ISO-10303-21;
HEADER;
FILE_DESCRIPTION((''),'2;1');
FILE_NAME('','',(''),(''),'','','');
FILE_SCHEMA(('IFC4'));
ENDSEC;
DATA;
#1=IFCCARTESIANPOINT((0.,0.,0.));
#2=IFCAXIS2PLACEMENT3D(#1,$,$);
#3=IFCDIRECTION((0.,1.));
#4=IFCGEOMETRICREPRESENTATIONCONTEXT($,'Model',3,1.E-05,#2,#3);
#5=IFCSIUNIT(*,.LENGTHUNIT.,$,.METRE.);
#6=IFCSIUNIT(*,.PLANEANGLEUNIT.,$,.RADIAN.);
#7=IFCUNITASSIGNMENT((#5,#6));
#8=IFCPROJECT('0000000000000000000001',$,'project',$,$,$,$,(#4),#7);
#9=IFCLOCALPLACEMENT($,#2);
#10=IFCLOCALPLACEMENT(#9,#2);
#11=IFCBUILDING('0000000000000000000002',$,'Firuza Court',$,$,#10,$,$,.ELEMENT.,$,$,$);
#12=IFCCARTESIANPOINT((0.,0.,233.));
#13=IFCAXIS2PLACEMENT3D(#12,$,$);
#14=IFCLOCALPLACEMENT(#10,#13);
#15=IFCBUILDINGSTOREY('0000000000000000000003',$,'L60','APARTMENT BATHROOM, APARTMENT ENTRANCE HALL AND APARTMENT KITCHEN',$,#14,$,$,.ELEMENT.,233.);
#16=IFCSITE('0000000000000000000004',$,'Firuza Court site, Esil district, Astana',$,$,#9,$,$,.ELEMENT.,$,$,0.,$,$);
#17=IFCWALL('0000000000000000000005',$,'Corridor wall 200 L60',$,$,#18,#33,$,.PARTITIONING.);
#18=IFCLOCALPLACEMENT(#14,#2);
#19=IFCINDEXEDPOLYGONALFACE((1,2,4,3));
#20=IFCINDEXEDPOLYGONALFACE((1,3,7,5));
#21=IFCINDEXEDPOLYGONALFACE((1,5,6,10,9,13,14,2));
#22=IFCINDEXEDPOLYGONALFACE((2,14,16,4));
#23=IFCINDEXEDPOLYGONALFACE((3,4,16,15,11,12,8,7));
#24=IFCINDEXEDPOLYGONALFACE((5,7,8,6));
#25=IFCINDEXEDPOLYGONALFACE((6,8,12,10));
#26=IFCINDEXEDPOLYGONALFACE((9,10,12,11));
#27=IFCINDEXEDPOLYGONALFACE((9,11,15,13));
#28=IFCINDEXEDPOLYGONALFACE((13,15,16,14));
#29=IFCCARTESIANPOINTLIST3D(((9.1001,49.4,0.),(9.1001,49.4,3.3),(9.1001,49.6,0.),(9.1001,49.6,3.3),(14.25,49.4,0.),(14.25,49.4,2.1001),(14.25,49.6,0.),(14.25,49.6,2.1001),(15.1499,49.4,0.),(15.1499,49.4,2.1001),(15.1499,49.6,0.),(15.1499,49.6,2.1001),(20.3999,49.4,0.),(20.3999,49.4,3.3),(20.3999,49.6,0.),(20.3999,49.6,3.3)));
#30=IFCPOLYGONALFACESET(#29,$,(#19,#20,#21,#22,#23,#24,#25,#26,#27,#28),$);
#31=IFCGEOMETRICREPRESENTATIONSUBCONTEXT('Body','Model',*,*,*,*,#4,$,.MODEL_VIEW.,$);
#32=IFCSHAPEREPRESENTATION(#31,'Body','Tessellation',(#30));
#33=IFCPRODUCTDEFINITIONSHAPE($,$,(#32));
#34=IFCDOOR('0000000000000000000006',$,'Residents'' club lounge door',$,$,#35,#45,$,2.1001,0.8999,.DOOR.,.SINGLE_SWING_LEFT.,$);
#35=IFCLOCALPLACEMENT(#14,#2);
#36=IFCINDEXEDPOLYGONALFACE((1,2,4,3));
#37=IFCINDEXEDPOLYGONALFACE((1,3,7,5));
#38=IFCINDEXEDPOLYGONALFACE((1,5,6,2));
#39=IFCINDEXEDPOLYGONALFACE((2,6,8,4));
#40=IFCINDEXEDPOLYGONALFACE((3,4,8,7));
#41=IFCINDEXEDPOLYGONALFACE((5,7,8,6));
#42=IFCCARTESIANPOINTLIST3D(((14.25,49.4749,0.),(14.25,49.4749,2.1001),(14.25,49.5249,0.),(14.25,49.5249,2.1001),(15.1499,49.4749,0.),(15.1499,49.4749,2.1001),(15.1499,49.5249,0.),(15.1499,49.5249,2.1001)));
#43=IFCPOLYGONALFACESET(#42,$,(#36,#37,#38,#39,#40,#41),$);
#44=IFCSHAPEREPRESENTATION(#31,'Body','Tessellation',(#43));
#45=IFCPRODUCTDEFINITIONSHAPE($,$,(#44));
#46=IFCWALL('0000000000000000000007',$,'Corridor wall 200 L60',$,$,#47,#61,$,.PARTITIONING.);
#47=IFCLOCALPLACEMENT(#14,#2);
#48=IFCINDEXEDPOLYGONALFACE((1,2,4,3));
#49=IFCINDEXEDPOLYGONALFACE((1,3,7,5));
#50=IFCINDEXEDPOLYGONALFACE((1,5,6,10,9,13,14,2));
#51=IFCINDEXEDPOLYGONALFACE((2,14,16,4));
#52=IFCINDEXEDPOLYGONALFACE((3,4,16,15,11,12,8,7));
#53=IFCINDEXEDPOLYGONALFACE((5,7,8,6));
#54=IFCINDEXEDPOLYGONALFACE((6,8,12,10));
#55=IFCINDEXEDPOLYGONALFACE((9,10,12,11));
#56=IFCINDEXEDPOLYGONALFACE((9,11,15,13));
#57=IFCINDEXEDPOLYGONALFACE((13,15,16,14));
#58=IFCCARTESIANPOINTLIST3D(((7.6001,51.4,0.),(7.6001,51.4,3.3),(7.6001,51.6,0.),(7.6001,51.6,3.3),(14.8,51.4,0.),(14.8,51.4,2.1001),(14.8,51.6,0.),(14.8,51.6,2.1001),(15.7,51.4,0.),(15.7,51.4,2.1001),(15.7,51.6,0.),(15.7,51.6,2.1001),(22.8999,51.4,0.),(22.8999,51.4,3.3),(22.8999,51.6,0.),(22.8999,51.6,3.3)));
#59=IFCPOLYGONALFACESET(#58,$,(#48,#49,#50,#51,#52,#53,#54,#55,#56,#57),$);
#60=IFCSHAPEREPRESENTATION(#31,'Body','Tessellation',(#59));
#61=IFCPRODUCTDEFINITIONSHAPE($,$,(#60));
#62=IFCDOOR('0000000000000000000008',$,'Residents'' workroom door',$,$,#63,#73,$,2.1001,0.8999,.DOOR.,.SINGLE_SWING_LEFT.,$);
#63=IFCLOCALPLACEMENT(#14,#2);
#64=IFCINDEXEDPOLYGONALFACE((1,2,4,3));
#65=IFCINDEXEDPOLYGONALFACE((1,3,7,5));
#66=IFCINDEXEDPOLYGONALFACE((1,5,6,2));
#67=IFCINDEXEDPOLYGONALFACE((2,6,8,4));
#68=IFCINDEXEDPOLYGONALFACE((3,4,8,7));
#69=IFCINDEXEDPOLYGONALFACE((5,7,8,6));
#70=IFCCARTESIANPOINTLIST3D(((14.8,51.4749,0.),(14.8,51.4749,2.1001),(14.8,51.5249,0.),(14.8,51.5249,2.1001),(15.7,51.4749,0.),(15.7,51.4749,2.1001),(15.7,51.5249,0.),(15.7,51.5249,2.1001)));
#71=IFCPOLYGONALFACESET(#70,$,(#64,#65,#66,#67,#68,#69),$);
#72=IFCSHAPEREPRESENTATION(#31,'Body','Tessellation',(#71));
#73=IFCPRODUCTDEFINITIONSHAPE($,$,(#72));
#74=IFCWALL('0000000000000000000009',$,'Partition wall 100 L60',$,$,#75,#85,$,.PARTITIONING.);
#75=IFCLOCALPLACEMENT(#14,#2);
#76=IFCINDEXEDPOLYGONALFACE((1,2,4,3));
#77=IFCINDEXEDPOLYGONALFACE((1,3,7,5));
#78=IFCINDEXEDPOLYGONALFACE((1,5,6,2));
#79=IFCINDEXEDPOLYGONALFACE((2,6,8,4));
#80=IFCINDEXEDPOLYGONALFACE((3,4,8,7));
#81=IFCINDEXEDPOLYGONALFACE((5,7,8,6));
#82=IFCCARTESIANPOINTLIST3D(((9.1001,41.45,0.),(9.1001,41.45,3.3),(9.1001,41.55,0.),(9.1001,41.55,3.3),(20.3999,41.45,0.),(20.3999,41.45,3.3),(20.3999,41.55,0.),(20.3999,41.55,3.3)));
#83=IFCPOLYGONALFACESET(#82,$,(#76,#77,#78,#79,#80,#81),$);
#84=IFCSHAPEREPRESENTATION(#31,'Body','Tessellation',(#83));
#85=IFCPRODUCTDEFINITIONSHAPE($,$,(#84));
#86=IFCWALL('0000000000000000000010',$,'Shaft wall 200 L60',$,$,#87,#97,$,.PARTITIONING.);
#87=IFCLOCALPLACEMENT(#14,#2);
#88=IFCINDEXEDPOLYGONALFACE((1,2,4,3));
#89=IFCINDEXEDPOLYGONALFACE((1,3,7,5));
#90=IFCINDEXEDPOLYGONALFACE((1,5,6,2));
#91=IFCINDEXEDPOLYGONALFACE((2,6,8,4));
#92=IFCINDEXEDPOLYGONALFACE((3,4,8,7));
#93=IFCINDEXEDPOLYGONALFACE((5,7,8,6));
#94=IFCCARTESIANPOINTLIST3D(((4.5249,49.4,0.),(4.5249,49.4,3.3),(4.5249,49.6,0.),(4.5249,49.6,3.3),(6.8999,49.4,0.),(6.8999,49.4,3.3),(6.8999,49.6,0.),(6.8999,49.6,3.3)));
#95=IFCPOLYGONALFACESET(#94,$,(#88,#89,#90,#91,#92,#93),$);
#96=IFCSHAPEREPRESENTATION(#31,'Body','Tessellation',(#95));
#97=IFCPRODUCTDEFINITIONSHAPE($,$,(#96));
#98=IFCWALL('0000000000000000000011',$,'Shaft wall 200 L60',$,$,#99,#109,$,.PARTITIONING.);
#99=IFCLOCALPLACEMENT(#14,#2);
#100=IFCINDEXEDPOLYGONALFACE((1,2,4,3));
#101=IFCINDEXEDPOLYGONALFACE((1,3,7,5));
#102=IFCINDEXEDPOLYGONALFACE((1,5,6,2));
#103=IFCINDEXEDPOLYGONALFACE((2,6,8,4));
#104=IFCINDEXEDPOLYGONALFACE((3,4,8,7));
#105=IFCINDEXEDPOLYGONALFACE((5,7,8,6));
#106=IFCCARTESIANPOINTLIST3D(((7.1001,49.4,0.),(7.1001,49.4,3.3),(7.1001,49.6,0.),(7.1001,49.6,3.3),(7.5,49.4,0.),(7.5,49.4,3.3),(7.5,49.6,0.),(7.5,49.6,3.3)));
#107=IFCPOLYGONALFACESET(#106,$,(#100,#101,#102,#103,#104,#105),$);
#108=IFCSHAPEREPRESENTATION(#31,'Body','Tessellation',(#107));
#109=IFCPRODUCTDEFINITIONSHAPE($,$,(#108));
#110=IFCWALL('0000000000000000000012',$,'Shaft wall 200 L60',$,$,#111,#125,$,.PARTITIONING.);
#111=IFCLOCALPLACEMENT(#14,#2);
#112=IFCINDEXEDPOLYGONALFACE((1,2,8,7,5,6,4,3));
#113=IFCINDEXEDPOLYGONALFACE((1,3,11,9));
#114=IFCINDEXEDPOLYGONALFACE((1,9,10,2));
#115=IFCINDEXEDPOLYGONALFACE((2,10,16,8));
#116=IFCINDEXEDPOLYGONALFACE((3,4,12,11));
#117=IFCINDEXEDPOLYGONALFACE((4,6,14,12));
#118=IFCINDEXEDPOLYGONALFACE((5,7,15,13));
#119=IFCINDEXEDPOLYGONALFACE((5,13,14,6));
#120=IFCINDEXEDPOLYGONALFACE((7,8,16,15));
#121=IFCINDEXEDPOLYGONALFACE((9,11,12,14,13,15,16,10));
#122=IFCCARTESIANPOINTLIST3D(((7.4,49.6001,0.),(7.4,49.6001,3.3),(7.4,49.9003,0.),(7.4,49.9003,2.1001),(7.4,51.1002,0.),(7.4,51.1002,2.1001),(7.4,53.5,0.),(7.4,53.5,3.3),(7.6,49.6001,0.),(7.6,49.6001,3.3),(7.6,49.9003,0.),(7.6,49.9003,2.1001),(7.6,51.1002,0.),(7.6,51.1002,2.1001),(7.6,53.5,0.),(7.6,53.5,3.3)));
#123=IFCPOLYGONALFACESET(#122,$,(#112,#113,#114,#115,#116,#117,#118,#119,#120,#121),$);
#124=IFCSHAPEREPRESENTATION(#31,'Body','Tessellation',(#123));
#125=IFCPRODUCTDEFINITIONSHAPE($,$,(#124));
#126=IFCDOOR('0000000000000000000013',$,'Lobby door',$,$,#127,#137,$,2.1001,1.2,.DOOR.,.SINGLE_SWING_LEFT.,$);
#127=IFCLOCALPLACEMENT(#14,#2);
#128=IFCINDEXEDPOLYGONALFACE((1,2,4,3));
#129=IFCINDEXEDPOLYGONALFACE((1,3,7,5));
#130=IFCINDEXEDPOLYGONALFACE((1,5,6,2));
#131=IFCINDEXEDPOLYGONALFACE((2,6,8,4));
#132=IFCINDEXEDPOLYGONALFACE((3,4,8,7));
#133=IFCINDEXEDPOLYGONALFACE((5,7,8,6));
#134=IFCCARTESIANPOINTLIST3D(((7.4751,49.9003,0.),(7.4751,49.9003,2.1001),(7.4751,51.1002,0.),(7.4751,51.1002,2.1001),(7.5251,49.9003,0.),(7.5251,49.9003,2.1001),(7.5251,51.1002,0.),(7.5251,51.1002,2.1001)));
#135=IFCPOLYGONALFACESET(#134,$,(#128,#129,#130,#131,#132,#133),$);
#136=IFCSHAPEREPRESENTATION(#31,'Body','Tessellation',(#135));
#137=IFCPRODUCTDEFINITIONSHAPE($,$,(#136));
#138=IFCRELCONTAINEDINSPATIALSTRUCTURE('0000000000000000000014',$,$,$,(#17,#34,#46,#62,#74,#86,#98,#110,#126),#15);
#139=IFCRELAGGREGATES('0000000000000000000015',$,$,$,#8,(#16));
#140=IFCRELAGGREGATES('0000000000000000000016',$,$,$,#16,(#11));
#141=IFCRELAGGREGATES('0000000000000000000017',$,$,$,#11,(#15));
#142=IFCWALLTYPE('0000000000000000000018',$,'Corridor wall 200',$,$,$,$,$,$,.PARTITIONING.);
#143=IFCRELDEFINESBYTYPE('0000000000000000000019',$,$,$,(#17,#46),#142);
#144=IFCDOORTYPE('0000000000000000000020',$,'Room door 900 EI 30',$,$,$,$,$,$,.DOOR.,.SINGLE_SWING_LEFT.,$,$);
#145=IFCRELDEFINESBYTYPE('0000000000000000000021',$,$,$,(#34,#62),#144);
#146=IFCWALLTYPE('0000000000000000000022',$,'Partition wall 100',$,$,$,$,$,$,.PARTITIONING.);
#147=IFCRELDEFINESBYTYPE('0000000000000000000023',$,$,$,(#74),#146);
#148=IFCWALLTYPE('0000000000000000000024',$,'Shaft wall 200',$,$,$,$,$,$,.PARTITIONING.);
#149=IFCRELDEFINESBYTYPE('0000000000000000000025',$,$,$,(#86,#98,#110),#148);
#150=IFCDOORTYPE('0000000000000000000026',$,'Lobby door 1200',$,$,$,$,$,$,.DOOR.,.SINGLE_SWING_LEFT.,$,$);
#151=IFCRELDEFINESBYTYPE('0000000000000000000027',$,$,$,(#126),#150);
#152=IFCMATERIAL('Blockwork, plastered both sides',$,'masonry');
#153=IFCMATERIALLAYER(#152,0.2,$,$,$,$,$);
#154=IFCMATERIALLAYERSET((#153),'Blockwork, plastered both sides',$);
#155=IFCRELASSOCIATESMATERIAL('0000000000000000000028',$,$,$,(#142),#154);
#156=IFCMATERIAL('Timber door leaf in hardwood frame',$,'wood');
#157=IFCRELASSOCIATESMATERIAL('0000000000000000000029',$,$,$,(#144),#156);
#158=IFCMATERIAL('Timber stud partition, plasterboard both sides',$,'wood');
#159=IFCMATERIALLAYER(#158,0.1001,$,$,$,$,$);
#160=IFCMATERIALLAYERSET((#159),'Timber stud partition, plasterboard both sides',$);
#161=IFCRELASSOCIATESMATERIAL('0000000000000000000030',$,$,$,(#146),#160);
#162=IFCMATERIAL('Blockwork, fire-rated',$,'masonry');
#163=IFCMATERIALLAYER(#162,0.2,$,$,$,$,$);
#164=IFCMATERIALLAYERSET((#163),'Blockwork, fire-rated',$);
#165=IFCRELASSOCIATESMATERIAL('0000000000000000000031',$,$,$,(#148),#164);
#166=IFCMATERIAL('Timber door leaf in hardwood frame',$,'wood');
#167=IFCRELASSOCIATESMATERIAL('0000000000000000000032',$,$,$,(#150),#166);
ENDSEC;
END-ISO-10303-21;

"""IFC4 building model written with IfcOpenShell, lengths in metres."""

from ifc_helpers import new_model, si_unit, direction, frame, frame_2d, origin, place, context, subcontext, project, spatial, rectangle, extrude, material, layer, layer_set, type_object, element, fill, save


model = new_model("IFC4")

# Units and contexts
model_context = context("Model", 3, precision=1e-05, world=origin(), true_north=direction((0.0, 1.0)))
body_context = subcontext(model_context, "Body", "Model", "MODEL_VIEW")
ifc_project = project(units=[si_unit("LENGTHUNIT", "METRE"), si_unit("PLANEANGLEUNIT", "RADIAN")], contexts=[model_context])

# Site, building, storey
site_placement = place(None, origin())
site = spatial("IfcSite", under=ifc_project, at=site_placement, Name="Firuza Court site, Esil district, Astana", CompositionType="ELEMENT", RefElevation=0.0)
building_placement = place(site_placement, origin())
building = spatial("IfcBuilding", under=site, at=building_placement, Name="Firuza Court", CompositionType="ELEMENT")
storey_placement = place(building_placement, frame((0.0, 0.0, 233.0)))
storey = spatial("IfcBuildingStorey", under=building, at=storey_placement, Name="L60", Description="APARTMENT BATHROOM, APARTMENT ENTRANCE HALL AND APARTMENT KITCHEN", CompositionType="ELEMENT", Elevation=233.0)

# Walls, openings, doors
ifc_material_1 = material(Name="Blockwork, plastered both sides", Category="masonry")
ifc_layer_1 = layer(ifc_material_1, 0.2)
ifc_layer_set_1 = layer_set([ifc_layer_1], Name="Blockwork, plastered both sides")
wall_type_1 = type_object("IfcWallType", Name="Corridor wall 200", PredefinedType="PARTITIONING", material=ifc_layer_set_1)
wall_1_placement = place(storey_placement, frame((9.1001, 49.5, 0.0), z_axis=(0.0, 0.0, 1.0), x_axis=(1.0, 0.0, 0.0)))
wall_1 = element("IfcWall", 1, at=wall_1_placement, inside=storey, type_object=wall_type_1, Name="Corridor wall 200 L60", PredefinedType="PARTITIONING", context=body_context, shape_type="SweptSolid", body=[
    extrude(rectangle(XDim=11.2998, YDim=0.2, at=frame_2d((5.6499, 0.0))), origin(), (0.0, 0.0, 1.0), 3.3),
])
opening_1_placement = place(wall_1_placement, frame((5.1499, 0.0, 0.0)))
opening_1 = element("IfcOpeningElement", 2, at=opening_1_placement, cuts=wall_1, PredefinedType="OPENING", context=body_context, shape_type="SweptSolid", body=[
    extrude(rectangle(XDim=0.8999, YDim=2.1001, at=frame_2d((0.45, 1.05))), frame((0.0, 0.1118, 0.0), z_axis=(0.0, -1.0, 0.0), x_axis=(1.0, 0.0, 0.0)), (0.0, 0.0, 1.0), 0.2239),
])
ifc_material_2 = material(Name="Timber door leaf in hardwood frame", Category="wood")
door_type_1 = type_object("IfcDoorType", Name="Room door 900 EI 30", OperationType="SINGLE_SWING_LEFT", PredefinedType="DOOR", material=ifc_material_2)
door_1_placement = place(opening_1_placement, origin())
door_1 = element("IfcDoor", 3, at=door_1_placement, inside=storey, type_object=door_type_1, Name="Residents' club lounge door", OperationType="SINGLE_SWING_LEFT", OverallHeight=2.1001, OverallWidth=0.8999, PredefinedType="DOOR", context=body_context, shape_type="SweptSolid", body=[
    extrude(rectangle(XDim=0.8999, YDim=2.1001, at=frame_2d((0.45, 1.05))), frame((0.0, 0.0249, 0.0), z_axis=(0.0, -1.0, 0.0), x_axis=(1.0, 0.0, 0.0)), (0.0, 0.0, 1.0), 0.05),
])
fill(opening_1, door_1)
wall_2_placement = place(storey_placement, frame((7.6001, 51.5, 0.0), z_axis=(0.0, 0.0, 1.0), x_axis=(1.0, 0.0, 0.0)))
wall_2 = element("IfcWall", 4, at=wall_2_placement, inside=storey, type_object=wall_type_1, Name="Corridor wall 200 L60", PredefinedType="PARTITIONING", context=body_context, shape_type="SweptSolid", body=[
    extrude(rectangle(XDim=15.2998, YDim=0.2, at=frame_2d((7.6499, 0.0))), origin(), (0.0, 0.0, 1.0), 3.3),
])
opening_2_placement = place(wall_2_placement, frame((7.2, 0.0, 0.0)))
opening_2 = element("IfcOpeningElement", 5, at=opening_2_placement, cuts=wall_2, PredefinedType="OPENING", context=body_context, shape_type="SweptSolid", body=[
    extrude(rectangle(XDim=0.8999, YDim=2.1001, at=frame_2d((0.45, 1.05))), frame((0.0, 0.1118, 0.0), z_axis=(0.0, -1.0, 0.0), x_axis=(1.0, 0.0, 0.0)), (0.0, 0.0, 1.0), 0.2239),
])
door_2_placement = place(opening_2_placement, origin())
door_2 = element("IfcDoor", 6, at=door_2_placement, inside=storey, type_object=door_type_1, Name="Residents' workroom door", OperationType="SINGLE_SWING_LEFT", OverallHeight=2.1001, OverallWidth=0.8999, PredefinedType="DOOR", context=body_context, shape_type="SweptSolid", body=[
    extrude(rectangle(XDim=0.8999, YDim=2.1001, at=frame_2d((0.45, 1.05))), frame((0.0, 0.0249, 0.0), z_axis=(0.0, -1.0, 0.0), x_axis=(1.0, 0.0, 0.0)), (0.0, 0.0, 1.0), 0.05),
])
fill(opening_2, door_2)

# Walls
ifc_material_3 = material(Name="Timber stud partition, plasterboard both sides", Category="wood")
ifc_layer_2 = layer(ifc_material_3, 0.1001)
ifc_layer_set_2 = layer_set([ifc_layer_2], Name="Timber stud partition, plasterboard both sides")
wall_type_2 = type_object("IfcWallType", Name="Partition wall 100", PredefinedType="PARTITIONING", material=ifc_layer_set_2)
wall_3_placement = place(storey_placement, frame((9.1001, 41.5, 0.0), z_axis=(0.0, 0.0, 1.0), x_axis=(1.0, 0.0, 0.0)))
element("IfcWall", 7, at=wall_3_placement, inside=storey, type_object=wall_type_2, Name="Partition wall 100 L60", PredefinedType="PARTITIONING", context=body_context, shape_type="SweptSolid", body=[
    extrude(rectangle(XDim=11.2998, YDim=0.1001, at=frame_2d((5.6499, 0.0))), origin(), (0.0, 0.0, 1.0), 3.3),
])
ifc_material_4 = material(Name="Blockwork, fire-rated", Category="masonry")
ifc_layer_3 = layer(ifc_material_4, 0.2)
ifc_layer_set_3 = layer_set([ifc_layer_3], Name="Blockwork, fire-rated")
wall_type_3 = type_object("IfcWallType", Name="Shaft wall 200", PredefinedType="PARTITIONING", material=ifc_layer_set_3)
wall_4_placement = place(storey_placement, frame((4.5249, 49.5, 0.0), z_axis=(0.0, 0.0, 1.0), x_axis=(1.0, 0.0, 0.0)))
element("IfcWall", 8, at=wall_4_placement, inside=storey, type_object=wall_type_3, Name="Shaft wall 200 L60", PredefinedType="PARTITIONING", context=body_context, shape_type="SweptSolid", body=[
    extrude(rectangle(XDim=2.375, YDim=0.2, at=frame_2d((1.1875, 0.0))), origin(), (0.0, 0.0, 1.0), 3.3),
])
wall_5_placement = place(storey_placement, frame((7.1001, 49.5, 0.0), z_axis=(0.0, 0.0, 1.0), x_axis=(1.0, 0.0, 0.0)))
element("IfcWall", 9, at=wall_5_placement, inside=storey, type_object=wall_type_3, Name="Shaft wall 200 L60", PredefinedType="PARTITIONING", context=body_context, shape_type="SweptSolid", body=[
    extrude(rectangle(XDim=0.3999, YDim=0.2, at=frame_2d((0.2, 0.0))), origin(), (0.0, 0.0, 1.0), 3.3),
])

# Wall, opening, door
wall_6_placement = place(storey_placement, frame((7.5, 49.6001, 0.0), z_axis=(0.0, 0.0, 1.0), x_axis=(0.0, 1.0, 0.0)))
wall_6 = element("IfcWall", 10, at=wall_6_placement, inside=storey, type_object=wall_type_3, Name="Shaft wall 200 L60", PredefinedType="PARTITIONING", context=body_context, shape_type="SweptSolid", body=[
    extrude(rectangle(XDim=3.8999, YDim=0.2, at=frame_2d((1.95, 0.0))), origin(), (0.0, 0.0, 1.0), 3.3),
])
opening_3_placement = place(wall_6_placement, frame((0.3, 0.0, 0.0)))
opening_3 = element("IfcOpeningElement", 11, at=opening_3_placement, cuts=wall_6, PredefinedType="OPENING", context=body_context, shape_type="SweptSolid", body=[
    extrude(rectangle(XDim=1.2, YDim=2.1001, at=frame_2d((0.6001, 1.05))), frame((0.0, 0.1118, 0.0), z_axis=(0.0, -1.0, 0.0), x_axis=(1.0, 0.0, 0.0)), (0.0, 0.0, 1.0), 0.2239),
])
ifc_material_5 = material(Name="Timber door leaf in hardwood frame", Category="wood")
door_type_2 = type_object("IfcDoorType", Name="Lobby door 1200", OperationType="SINGLE_SWING_LEFT", PredefinedType="DOOR", material=ifc_material_5)
door_3_placement = place(opening_3_placement, origin())
door_3 = element("IfcDoor", 12, at=door_3_placement, inside=storey, type_object=door_type_2, Name="Lobby door", OperationType="SINGLE_SWING_LEFT", OverallHeight=2.1001, OverallWidth=1.2, PredefinedType="DOOR", context=body_context, shape_type="SweptSolid", body=[
    extrude(rectangle(XDim=1.2, YDim=2.1001, at=frame_2d((0.6001, 1.05))), frame((0.0, 0.0249, 0.0), z_axis=(0.0, -1.0, 0.0), x_axis=(1.0, 0.0, 0.0)), (0.0, 0.0, 1.0), 0.05),
])
fill(opening_3, door_3)

save(model, "model.ifc")
